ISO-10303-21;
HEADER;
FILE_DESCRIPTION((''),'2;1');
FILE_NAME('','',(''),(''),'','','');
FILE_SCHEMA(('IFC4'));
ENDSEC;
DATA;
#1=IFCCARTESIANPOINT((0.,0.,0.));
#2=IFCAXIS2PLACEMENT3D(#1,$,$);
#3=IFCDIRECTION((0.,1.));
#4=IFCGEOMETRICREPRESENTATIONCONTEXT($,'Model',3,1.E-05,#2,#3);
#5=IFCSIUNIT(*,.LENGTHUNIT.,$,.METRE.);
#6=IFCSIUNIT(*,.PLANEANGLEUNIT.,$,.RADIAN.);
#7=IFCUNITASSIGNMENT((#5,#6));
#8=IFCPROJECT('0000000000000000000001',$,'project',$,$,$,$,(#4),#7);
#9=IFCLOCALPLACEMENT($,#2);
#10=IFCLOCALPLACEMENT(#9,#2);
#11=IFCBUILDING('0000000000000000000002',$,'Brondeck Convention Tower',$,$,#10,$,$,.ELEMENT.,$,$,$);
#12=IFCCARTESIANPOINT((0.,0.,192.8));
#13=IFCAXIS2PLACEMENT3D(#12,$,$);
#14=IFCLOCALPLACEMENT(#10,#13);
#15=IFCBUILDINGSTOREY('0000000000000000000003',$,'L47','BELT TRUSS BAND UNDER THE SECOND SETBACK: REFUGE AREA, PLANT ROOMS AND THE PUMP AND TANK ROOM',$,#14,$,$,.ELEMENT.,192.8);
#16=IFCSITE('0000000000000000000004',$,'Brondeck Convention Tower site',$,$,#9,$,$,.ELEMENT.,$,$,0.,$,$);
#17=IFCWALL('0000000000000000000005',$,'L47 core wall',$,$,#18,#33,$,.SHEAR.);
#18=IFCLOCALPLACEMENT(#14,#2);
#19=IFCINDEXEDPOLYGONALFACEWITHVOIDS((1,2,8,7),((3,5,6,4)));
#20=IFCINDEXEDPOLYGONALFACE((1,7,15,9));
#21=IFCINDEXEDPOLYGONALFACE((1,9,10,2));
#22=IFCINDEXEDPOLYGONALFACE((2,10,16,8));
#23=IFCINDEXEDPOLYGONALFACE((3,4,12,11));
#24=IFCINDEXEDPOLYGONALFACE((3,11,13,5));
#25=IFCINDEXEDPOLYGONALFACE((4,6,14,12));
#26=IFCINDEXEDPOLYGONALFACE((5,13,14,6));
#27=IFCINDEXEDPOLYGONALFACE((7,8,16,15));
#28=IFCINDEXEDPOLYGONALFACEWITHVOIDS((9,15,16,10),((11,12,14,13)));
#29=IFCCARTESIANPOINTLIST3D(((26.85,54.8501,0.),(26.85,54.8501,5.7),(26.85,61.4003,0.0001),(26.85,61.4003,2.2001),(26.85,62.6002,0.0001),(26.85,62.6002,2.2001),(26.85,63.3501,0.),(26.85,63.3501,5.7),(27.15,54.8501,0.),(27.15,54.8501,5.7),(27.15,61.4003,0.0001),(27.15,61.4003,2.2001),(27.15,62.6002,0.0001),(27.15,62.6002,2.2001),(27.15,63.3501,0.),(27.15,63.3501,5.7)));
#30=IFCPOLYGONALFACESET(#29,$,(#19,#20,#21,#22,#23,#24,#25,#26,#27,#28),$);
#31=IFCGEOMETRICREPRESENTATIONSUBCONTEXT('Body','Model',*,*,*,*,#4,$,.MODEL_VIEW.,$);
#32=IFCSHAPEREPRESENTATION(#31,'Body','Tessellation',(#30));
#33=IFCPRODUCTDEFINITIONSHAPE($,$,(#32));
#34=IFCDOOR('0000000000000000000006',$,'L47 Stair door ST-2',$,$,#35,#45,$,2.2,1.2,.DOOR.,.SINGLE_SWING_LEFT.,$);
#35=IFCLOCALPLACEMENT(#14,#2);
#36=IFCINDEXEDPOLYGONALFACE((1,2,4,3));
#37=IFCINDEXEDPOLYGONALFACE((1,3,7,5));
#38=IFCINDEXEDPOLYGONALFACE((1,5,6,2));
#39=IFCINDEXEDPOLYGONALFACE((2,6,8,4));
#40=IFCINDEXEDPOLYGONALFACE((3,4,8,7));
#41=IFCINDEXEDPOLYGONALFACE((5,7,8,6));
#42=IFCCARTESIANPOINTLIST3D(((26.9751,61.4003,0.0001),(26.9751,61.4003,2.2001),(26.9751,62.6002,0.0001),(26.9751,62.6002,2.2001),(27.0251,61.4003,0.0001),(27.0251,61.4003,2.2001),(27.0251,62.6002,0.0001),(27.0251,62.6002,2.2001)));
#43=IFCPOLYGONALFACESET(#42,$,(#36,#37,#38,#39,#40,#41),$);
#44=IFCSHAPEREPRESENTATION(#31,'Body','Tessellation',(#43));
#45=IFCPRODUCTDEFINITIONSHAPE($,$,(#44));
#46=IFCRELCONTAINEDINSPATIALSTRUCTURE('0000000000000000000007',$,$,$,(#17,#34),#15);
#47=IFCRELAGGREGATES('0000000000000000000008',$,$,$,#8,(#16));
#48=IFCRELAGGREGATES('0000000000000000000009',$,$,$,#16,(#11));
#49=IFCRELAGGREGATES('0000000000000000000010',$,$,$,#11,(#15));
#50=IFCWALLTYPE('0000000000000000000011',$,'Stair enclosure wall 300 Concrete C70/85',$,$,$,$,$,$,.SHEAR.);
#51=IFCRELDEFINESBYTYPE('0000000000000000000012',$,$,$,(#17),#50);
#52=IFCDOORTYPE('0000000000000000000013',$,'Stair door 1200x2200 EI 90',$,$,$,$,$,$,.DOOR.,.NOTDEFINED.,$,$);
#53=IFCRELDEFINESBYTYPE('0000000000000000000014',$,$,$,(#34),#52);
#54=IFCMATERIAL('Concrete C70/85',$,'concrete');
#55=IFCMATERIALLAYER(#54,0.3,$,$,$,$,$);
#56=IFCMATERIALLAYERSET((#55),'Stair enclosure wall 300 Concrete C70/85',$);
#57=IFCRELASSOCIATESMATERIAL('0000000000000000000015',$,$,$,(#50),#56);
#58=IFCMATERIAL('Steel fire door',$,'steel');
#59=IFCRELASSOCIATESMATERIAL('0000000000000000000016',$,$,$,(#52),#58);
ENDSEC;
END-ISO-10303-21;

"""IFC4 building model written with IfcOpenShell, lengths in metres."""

from ifc_helpers import new_model, si_unit, direction, frame, frame_2d, origin, place, context, subcontext, project, spatial, rectangle, extrude, material, layer, layer_set, type_object, element, fill, save


model = new_model("IFC4")

# Units and contexts
model_context = context("Model", 3, precision=1e-05, world=origin(), true_north=direction((0.0, 1.0)))
body_context = subcontext(model_context, "Body", "Model", "MODEL_VIEW")
ifc_project = project(units=[si_unit("LENGTHUNIT", "METRE"), si_unit("PLANEANGLEUNIT", "RADIAN")], contexts=[model_context])

# Site, building, storey
site_placement = place(None, origin())
site = spatial("IfcSite", under=ifc_project, at=site_placement, Name="Brondeck Convention Tower site", CompositionType="ELEMENT", RefElevation=0.0)
building_placement = place(site_placement, origin())
building = spatial("IfcBuilding", under=site, at=building_placement, Name="Brondeck Convention Tower", CompositionType="ELEMENT")
storey_placement = place(building_placement, frame((0.0, 0.0, 192.8)))
storey = spatial("IfcBuildingStorey", under=building, at=storey_placement, Name="L47", Description="BELT TRUSS BAND UNDER THE SECOND SETBACK: REFUGE AREA, PLANT ROOMS AND THE PUMP AND TANK ROOM", CompositionType="ELEMENT", Elevation=192.8)

# Shared definitions
ifc_material_1 = material(Name="Concrete C70/85", Category="concrete")

# Shared definitions
ifc_material_2 = material(Name="Steel fire door", Category="steel")

# Shared definitions
ifc_layer_1 = layer(ifc_material_1, 0.3)
ifc_layer_set_1 = layer_set([ifc_layer_1], Name="Stair enclosure wall 300 Concrete C70/85")
wall_type_1 = type_object("IfcWallType", Name="Stair enclosure wall 300 Concrete C70/85", PredefinedType="SHEAR", material=ifc_layer_set_1)

# Wall, opening, door
wall_1_placement = place(storey_placement, frame((27.0, 54.8501, 0.0), z_axis=(0.0, 0.0, 1.0), x_axis=(0.0, 1.0, 0.0)))
wall_1 = element("IfcWall", 1, at=wall_1_placement, inside=storey, type_object=wall_type_1, Name="L47 core wall", PredefinedType="SHEAR", context=body_context, shape_type="SweptSolid", body=[
    extrude(rectangle(XDim=8.5, YDim=0.3, at=frame_2d((4.25, 0.0))), origin(), (0.0, 0.0, 1.0), 5.7),
])
opening_1_placement = place(wall_1_placement, frame((6.55, 0.0, 0.0)))
opening_1 = element("IfcOpeningElement", 2, at=opening_1_placement, cuts=wall_1, PredefinedType="OPENING", context=body_context, shape_type="SweptSolid", body=[
    extrude(rectangle(XDim=1.2, YDim=2.2, at=frame_2d((0.6001, 1.1001))), frame((0.0, 0.1599, 0.0), z_axis=(0.0, -1.0, 0.0), x_axis=(1.0, 0.0, 0.0)), (0.0, 0.0, 1.0), 0.3201),
])
door_type_1 = type_object("IfcDoorType", Name="Stair door 1200x2200 EI 90", OperationType="NOTDEFINED", PredefinedType="DOOR", material=ifc_material_2)
door_1_placement = place(opening_1_placement, origin())
door_1 = element("IfcDoor", 3, at=door_1_placement, inside=storey, type_object=door_type_1, Name="L47 Stair door ST-2", OperationType="SINGLE_SWING_LEFT", OverallHeight=2.2, OverallWidth=1.2, PredefinedType="DOOR", context=body_context, shape_type="SweptSolid", body=[
    extrude(rectangle(XDim=1.2, YDim=2.2, at=frame_2d((0.6001, 1.1001))), frame((0.0, 0.0249, 0.0), z_axis=(0.0, -1.0, 0.0), x_axis=(1.0, 0.0, 0.0)), (0.0, 0.0, 1.0), 0.05),
])
fill(opening_1, door_1)

save(model, "model.ifc")
